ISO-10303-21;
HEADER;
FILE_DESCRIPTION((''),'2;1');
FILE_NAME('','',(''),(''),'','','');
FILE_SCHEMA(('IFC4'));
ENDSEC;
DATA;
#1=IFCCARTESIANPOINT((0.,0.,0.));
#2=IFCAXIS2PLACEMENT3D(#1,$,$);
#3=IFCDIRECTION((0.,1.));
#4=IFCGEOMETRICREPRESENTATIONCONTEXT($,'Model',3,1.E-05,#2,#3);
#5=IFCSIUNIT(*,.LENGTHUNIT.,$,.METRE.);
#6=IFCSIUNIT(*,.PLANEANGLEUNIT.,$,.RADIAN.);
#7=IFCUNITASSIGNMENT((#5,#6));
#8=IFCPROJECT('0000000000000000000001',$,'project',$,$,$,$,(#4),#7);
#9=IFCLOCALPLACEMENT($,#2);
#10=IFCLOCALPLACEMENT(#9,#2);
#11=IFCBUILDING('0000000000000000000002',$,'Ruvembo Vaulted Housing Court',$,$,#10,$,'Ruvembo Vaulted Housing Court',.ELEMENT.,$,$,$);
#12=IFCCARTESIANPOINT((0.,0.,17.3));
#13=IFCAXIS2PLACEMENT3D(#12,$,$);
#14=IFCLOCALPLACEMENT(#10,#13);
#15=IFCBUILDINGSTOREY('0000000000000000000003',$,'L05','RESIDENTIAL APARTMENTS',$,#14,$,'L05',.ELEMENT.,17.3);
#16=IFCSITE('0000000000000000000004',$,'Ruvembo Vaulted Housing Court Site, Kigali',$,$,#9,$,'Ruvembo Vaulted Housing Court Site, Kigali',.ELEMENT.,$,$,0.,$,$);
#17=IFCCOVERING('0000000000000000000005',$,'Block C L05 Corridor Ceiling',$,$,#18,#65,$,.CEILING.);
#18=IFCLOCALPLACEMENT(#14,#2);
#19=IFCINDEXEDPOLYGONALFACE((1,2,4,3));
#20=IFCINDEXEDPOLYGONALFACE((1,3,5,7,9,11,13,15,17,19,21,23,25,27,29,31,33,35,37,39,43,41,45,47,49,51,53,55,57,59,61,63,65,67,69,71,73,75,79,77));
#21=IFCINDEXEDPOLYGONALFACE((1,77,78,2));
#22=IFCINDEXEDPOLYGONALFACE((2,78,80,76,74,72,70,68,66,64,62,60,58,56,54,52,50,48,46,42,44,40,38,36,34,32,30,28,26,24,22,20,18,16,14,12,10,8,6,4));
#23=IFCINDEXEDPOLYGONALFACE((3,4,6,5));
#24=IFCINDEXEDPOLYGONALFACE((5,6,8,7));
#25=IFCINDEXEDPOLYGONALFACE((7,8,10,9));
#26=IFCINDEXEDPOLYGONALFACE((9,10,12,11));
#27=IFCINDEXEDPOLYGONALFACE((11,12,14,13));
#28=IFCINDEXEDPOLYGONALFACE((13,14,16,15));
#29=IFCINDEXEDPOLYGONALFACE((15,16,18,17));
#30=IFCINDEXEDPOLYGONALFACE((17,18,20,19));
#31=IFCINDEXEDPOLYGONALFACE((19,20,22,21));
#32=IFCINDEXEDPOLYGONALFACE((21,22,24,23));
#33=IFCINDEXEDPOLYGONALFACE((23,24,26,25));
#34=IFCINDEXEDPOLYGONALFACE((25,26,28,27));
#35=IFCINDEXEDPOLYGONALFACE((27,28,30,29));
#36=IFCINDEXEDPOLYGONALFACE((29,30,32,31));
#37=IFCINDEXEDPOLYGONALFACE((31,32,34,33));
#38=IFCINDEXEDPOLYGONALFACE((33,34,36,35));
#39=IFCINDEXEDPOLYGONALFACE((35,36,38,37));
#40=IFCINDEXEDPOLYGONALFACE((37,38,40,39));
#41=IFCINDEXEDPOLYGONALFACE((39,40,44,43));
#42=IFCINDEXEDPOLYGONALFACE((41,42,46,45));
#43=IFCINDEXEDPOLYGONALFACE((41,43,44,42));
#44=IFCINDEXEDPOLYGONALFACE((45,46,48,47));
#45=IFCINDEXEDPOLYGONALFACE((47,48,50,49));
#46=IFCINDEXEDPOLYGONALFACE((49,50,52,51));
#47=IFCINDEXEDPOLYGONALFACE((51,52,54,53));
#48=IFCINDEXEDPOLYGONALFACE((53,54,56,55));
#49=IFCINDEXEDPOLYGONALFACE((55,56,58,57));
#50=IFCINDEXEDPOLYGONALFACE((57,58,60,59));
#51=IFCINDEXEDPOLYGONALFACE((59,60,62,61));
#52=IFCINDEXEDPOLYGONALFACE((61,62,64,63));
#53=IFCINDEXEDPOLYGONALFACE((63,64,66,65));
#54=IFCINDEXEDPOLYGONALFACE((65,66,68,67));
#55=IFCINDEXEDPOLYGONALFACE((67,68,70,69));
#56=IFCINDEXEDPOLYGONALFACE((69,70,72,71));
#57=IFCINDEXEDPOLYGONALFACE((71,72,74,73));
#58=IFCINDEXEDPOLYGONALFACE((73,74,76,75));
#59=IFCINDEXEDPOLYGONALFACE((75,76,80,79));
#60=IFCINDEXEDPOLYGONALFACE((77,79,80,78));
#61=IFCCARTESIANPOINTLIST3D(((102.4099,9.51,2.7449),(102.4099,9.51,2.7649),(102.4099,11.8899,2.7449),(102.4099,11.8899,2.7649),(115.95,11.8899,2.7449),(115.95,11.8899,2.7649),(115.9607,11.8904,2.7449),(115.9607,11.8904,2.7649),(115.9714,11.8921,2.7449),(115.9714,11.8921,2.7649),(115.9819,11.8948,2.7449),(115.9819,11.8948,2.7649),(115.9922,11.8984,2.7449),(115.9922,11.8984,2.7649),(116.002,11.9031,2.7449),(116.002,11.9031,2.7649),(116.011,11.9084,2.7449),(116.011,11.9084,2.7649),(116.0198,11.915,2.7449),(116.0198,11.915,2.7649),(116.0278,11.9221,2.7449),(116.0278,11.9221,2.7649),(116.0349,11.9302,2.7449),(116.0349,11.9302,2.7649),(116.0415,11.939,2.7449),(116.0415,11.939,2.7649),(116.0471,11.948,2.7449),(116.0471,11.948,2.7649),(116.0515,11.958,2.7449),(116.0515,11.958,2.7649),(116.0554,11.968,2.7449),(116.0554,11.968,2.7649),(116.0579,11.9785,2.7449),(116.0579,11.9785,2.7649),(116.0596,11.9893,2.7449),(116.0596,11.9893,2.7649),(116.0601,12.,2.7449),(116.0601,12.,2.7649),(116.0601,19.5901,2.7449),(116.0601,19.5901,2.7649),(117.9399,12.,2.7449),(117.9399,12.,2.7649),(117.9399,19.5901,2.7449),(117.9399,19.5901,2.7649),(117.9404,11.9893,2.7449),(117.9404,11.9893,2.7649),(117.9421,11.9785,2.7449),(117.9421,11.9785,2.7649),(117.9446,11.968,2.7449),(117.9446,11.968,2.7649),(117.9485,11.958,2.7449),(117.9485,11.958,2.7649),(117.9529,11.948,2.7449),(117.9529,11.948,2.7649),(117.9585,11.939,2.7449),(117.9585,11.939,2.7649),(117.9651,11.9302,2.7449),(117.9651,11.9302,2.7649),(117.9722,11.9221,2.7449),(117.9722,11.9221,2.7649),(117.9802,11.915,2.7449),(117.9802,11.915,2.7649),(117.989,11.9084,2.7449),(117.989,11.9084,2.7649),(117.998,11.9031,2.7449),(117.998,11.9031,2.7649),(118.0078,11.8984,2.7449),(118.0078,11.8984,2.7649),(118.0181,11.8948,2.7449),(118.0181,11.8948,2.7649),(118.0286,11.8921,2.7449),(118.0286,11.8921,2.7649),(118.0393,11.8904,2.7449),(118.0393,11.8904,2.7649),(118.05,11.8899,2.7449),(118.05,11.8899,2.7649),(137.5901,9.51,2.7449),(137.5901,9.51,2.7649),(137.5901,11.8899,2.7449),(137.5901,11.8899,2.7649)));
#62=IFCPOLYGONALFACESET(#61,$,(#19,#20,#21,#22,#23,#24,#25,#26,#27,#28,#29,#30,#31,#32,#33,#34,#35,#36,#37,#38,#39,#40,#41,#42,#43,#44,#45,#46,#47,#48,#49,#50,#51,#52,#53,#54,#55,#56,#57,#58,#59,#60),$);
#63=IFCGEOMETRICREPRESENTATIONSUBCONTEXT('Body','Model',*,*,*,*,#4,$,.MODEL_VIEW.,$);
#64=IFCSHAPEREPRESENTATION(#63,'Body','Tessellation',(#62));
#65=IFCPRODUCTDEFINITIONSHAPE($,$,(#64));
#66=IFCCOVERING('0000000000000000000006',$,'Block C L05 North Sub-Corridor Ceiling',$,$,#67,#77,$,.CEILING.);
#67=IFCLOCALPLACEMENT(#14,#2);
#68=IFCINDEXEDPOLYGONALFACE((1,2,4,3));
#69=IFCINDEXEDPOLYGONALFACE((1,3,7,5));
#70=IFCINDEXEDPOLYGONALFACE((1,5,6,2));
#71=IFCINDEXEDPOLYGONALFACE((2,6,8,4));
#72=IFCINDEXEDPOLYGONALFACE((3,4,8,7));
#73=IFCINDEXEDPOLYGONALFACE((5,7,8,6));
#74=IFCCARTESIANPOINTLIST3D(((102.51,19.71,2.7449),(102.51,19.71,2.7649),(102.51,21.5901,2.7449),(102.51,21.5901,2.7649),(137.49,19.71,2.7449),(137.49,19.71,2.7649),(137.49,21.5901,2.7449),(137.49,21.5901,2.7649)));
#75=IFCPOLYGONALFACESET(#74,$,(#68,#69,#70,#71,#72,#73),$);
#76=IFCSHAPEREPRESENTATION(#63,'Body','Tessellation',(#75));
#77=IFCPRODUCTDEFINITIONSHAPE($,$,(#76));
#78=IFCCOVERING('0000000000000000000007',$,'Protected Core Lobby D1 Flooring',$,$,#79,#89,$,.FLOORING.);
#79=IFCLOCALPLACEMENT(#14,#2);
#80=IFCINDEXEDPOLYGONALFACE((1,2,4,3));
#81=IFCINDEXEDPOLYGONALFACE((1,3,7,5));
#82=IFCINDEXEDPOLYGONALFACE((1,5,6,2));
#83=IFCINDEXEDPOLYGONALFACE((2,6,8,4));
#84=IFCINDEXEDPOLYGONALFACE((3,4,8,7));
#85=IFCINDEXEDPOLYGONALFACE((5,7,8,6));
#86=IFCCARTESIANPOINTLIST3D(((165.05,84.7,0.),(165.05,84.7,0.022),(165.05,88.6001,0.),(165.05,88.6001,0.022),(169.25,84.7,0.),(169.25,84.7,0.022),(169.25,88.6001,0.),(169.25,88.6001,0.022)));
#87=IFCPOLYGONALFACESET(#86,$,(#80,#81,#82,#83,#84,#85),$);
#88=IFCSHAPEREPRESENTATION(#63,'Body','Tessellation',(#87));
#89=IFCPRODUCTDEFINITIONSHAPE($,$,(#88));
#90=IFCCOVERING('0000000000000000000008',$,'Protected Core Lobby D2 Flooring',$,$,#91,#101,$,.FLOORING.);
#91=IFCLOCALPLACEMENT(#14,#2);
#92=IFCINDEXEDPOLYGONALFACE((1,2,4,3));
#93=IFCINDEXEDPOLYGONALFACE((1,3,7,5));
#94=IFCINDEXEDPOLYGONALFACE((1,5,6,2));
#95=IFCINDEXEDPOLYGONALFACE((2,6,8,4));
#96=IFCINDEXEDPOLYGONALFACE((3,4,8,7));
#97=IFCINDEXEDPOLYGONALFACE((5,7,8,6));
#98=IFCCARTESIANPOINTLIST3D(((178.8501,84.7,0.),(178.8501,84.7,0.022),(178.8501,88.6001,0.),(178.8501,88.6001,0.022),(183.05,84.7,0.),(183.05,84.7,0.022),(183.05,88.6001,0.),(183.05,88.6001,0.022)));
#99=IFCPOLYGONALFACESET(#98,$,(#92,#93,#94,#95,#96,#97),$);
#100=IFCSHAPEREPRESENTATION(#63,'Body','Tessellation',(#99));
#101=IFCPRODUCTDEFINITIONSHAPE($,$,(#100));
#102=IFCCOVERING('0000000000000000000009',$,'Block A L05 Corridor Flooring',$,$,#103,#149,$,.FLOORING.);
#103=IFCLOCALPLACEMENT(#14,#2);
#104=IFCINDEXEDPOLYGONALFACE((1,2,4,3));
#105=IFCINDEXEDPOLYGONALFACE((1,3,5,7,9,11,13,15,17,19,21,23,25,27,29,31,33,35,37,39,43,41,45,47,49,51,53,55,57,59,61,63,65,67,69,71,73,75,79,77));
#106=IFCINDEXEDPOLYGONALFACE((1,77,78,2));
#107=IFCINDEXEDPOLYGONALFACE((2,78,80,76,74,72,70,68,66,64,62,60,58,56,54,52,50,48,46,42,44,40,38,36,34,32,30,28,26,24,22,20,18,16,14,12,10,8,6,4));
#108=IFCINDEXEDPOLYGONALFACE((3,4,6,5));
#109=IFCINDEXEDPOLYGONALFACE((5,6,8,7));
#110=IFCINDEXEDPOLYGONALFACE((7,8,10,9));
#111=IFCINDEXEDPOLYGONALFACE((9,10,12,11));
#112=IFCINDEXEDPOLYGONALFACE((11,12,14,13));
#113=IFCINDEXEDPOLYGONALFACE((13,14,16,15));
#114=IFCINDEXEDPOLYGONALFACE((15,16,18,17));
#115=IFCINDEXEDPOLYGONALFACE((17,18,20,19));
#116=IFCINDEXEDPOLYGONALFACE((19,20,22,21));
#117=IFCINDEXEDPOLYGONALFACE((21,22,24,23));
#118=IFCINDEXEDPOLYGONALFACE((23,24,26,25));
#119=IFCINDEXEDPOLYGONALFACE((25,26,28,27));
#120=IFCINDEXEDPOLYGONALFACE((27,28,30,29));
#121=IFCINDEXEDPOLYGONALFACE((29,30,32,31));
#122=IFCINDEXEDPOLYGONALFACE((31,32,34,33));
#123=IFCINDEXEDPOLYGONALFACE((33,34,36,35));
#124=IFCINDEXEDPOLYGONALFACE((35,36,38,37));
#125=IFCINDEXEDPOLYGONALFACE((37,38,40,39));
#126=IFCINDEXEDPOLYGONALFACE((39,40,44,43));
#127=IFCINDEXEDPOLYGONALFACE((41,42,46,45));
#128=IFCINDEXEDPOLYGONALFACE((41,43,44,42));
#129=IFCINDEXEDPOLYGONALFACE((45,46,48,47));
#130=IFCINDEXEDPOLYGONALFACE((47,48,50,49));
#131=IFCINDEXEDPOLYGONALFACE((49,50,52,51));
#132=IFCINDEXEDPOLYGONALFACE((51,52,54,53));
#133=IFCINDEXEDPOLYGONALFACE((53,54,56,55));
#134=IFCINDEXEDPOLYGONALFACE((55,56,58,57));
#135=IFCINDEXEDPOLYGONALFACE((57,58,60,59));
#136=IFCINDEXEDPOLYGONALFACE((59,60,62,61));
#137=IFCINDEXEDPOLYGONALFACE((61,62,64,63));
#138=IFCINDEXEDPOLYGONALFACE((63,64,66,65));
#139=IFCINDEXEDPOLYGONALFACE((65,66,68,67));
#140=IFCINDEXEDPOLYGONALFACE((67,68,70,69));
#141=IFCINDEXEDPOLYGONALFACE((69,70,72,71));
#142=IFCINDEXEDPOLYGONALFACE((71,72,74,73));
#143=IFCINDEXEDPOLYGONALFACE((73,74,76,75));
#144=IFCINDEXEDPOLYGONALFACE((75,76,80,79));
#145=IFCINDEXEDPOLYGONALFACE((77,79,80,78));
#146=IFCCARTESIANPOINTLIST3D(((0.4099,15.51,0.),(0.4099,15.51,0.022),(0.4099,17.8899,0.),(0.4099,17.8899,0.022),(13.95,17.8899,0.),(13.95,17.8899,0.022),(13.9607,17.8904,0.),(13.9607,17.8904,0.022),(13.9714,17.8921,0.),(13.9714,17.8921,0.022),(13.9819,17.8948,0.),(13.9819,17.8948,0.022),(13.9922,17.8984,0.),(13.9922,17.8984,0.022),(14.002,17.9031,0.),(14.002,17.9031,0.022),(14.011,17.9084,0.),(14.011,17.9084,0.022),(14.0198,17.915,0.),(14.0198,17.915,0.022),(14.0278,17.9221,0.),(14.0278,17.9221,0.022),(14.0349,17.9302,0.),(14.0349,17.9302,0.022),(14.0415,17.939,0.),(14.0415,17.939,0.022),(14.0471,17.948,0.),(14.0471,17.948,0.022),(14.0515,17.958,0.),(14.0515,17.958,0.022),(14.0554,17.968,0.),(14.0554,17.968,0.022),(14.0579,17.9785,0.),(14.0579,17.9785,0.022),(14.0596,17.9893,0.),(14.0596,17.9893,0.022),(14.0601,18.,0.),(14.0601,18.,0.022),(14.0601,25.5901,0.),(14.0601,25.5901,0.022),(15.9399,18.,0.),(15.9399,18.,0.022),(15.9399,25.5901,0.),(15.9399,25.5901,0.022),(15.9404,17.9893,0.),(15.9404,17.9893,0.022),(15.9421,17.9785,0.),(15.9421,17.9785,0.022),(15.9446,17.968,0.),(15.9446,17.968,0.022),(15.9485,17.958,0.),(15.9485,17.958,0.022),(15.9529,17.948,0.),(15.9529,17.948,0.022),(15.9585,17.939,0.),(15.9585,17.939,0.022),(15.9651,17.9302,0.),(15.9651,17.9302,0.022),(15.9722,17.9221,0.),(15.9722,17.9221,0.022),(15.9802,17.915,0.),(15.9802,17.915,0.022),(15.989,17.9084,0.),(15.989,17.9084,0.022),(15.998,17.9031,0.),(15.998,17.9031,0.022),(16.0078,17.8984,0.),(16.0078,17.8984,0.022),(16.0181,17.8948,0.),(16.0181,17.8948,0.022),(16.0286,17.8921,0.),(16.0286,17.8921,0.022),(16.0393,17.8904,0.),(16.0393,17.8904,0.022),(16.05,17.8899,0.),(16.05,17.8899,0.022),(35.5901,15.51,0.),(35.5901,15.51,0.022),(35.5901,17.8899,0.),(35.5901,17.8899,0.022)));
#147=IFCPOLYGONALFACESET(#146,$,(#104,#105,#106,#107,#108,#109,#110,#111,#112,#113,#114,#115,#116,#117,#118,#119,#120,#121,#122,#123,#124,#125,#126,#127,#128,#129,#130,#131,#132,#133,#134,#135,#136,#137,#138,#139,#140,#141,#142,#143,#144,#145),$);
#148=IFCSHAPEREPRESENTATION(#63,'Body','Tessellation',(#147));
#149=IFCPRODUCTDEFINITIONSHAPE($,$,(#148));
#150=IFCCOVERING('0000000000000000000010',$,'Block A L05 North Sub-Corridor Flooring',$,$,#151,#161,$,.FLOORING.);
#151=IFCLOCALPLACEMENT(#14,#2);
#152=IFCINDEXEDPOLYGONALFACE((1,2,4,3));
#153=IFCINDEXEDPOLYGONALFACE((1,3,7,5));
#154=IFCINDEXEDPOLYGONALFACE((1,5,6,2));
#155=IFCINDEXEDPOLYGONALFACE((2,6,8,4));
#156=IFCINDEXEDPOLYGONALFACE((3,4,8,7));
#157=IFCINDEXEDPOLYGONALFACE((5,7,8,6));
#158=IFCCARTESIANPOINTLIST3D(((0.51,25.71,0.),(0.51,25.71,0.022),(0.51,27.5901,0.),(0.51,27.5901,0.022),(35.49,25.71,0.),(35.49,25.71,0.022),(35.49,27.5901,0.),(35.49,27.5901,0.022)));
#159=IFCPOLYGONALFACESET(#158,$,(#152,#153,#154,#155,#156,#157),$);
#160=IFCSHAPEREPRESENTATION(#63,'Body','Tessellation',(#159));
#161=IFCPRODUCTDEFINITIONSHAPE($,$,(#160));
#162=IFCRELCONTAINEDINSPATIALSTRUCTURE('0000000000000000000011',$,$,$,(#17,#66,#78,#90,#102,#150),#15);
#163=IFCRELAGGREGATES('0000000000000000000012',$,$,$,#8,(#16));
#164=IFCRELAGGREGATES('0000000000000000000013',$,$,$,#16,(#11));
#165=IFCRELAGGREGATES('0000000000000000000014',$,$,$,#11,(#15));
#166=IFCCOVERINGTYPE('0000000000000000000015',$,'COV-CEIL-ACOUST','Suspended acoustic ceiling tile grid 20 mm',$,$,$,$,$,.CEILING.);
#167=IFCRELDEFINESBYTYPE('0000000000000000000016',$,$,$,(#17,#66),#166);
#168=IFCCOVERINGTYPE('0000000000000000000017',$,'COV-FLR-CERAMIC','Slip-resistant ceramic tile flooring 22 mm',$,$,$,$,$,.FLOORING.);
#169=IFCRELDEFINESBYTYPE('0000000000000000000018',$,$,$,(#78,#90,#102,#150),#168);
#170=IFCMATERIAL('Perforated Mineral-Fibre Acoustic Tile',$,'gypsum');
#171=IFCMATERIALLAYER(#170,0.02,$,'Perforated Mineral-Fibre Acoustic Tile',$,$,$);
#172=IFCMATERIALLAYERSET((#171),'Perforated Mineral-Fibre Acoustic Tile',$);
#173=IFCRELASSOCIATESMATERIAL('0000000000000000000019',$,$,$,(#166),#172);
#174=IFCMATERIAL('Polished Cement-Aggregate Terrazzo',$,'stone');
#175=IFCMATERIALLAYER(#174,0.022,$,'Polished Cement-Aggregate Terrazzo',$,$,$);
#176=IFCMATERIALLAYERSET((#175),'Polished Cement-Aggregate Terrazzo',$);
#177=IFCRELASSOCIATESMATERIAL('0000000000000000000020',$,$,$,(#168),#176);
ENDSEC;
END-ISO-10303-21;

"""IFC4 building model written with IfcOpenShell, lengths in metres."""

from ifc_helpers import new_model, si_unit, direction, frame, origin, place, context, subcontext, project, spatial, polyline, outline, extrude, material, layer, layer_set, type_object, element, save


model = new_model("IFC4")

# Units and contexts
model_context = context("Model", 3, precision=1e-05, world=origin(), true_north=direction((0.0, 1.0)))
body_context = subcontext(model_context, "Body", "Model", "MODEL_VIEW")
ifc_project = project(units=[si_unit("LENGTHUNIT", "METRE"), si_unit("PLANEANGLEUNIT", "RADIAN")], contexts=[model_context])

# Site, building, storey
site_placement = place(None, origin())
site = spatial("IfcSite", under=ifc_project, at=site_placement, Name="Ruvembo Vaulted Housing Court Site, Kigali", LongName="Ruvembo Vaulted Housing Court Site, Kigali", CompositionType="ELEMENT", RefElevation=0.0)
building_placement = place(site_placement, origin())
building = spatial("IfcBuilding", under=site, at=building_placement, Name="Ruvembo Vaulted Housing Court", LongName="Ruvembo Vaulted Housing Court", CompositionType="ELEMENT")
storey_placement = place(building_placement, frame((0.0, 0.0, 17.3)))
storey = spatial("IfcBuildingStorey", under=building, at=storey_placement, Name="L05", Description="RESIDENTIAL APARTMENTS", LongName="L05", CompositionType="ELEMENT", Elevation=17.3)

# Coverings
ifc_material_1 = material(Name="Perforated Mineral-Fibre Acoustic Tile", Category="gypsum")
ifc_layer_1 = layer(ifc_material_1, 0.02, Name="Perforated Mineral-Fibre Acoustic Tile")
ifc_layer_set_1 = layer_set([ifc_layer_1], Name="Perforated Mineral-Fibre Acoustic Tile")
covering_type_1 = type_object("IfcCoveringType", Name="COV-CEIL-ACOUST", Description="Suspended acoustic ceiling tile grid 20 mm", PredefinedType="CEILING", material=ifc_layer_set_1)
covering_1_placement = place(storey_placement, frame((0.0, 0.0, 2.7449)))
element("IfcCovering", 1, at=covering_1_placement, inside=storey, type_object=covering_type_1, Name="Block C L05 Corridor Ceiling", PredefinedType="CEILING", context=body_context, shape_type="SweptSolid", body=[
    extrude(outline(polyline([(137.5901, 9.51), (137.5901, 11.8899), (118.05, 11.8899), (118.0393, 11.8904), (118.0286, 11.8921), (118.0181, 11.8948), (118.0078, 11.8984), (117.998, 11.9031), (117.989, 11.9084), (117.9802, 11.915), (117.9722, 11.9221), (117.9651, 11.9302), (117.9585, 11.939), (117.9529, 11.948), (117.9485, 11.958), (117.9446, 11.968), (117.9421, 11.9785), (117.9404, 11.9893), (117.9399, 12.0), (117.9399, 19.5901), (116.0601, 19.5901), (116.0601, 12.0), (116.0596, 11.9893), (116.0579, 11.9785), (116.0554, 11.968), (116.0515, 11.958), (116.0471, 11.948), (116.0415, 11.939), (116.0349, 11.9302), (116.0278, 11.9221), (116.0198, 11.915), (116.011, 11.9084), (116.002, 11.9031), (115.9922, 11.8984), (115.9819, 11.8948), (115.9714, 11.8921), (115.9607, 11.8904), (115.95, 11.8899), (102.4099, 11.8899), (102.4099, 9.51), (137.5901, 9.51)])), origin(), (0.0, 0.0, 1.0), 0.02),
])
covering_2_placement = place(storey_placement, frame((0.0, 0.0, 2.7449)))
element("IfcCovering", 2, at=covering_2_placement, inside=storey, type_object=covering_type_1, Name="Block C L05 North Sub-Corridor Ceiling", PredefinedType="CEILING", context=body_context, shape_type="SweptSolid", body=[
    extrude(outline(polyline([(102.51, 19.71), (137.49, 19.71), (137.49, 21.5901), (102.51, 21.5901), (102.51, 19.71)])), origin(), (0.0, 0.0, 1.0), 0.02),
])
ifc_material_2 = material(Name="Polished Cement-Aggregate Terrazzo", Category="stone")
ifc_layer_2 = layer(ifc_material_2, 0.022, Name="Polished Cement-Aggregate Terrazzo")
ifc_layer_set_2 = layer_set([ifc_layer_2], Name="Polished Cement-Aggregate Terrazzo")
covering_type_2 = type_object("IfcCoveringType", Name="COV-FLR-CERAMIC", Description="Slip-resistant ceramic tile flooring 22 mm", PredefinedType="FLOORING", material=ifc_layer_set_2)
covering_3_placement = place(storey_placement, origin())
element("IfcCovering", 3, at=covering_3_placement, inside=storey, type_object=covering_type_2, Name="Protected Core Lobby D1 Flooring", PredefinedType="FLOORING", context=body_context, shape_type="SweptSolid", body=[
    extrude(outline(polyline([(169.25, 88.6001), (165.05, 88.6001), (165.05, 84.7), (169.25, 84.7), (169.25, 88.6001)])), origin(), (0.0, 0.0, 1.0), 0.022),
])
covering_4_placement = place(storey_placement, origin())
element("IfcCovering", 4, at=covering_4_placement, inside=storey, type_object=covering_type_2, Name="Protected Core Lobby D2 Flooring", PredefinedType="FLOORING", context=body_context, shape_type="SweptSolid", body=[
    extrude(outline(polyline([(183.05, 88.6001), (178.8501, 88.6001), (178.8501, 84.7), (183.05, 84.7), (183.05, 88.6001)])), origin(), (0.0, 0.0, 1.0), 0.022),
])
covering_5_placement = place(storey_placement, origin())
element("IfcCovering", 5, at=covering_5_placement, inside=storey, type_object=covering_type_2, Name="Block A L05 Corridor Flooring", PredefinedType="FLOORING", context=body_context, shape_type="SweptSolid", body=[
    extrude(outline(polyline([(35.5901, 15.51), (35.5901, 17.8899), (16.05, 17.8899), (16.0393, 17.8904), (16.0286, 17.8921), (16.0181, 17.8948), (16.0078, 17.8984), (15.998, 17.9031), (15.989, 17.9084), (15.9802, 17.915), (15.9722, 17.9221), (15.9651, 17.9302), (15.9585, 17.939), (15.9529, 17.948), (15.9485, 17.958), (15.9446, 17.968), (15.9421, 17.9785), (15.9404, 17.9893), (15.9399, 18.0), (15.9399, 25.5901), (14.0601, 25.5901), (14.0601, 18.0), (14.0596, 17.9893), (14.0579, 17.9785), (14.0554, 17.968), (14.0515, 17.958), (14.0471, 17.948), (14.0415, 17.939), (14.0349, 17.9302), (14.0278, 17.9221), (14.0198, 17.915), (14.011, 17.9084), (14.002, 17.9031), (13.9922, 17.8984), (13.9819, 17.8948), (13.9714, 17.8921), (13.9607, 17.8904), (13.95, 17.8899), (0.4099, 17.8899), (0.4099, 15.51), (35.5901, 15.51)])), origin(), (0.0, 0.0, 1.0), 0.022),
])
covering_6_placement = place(storey_placement, origin())
element("IfcCovering", 6, at=covering_6_placement, inside=storey, type_object=covering_type_2, Name="Block A L05 North Sub-Corridor Flooring", PredefinedType="FLOORING", context=body_context, shape_type="SweptSolid", body=[
    extrude(outline(polyline([(0.51, 25.71), (35.49, 25.71), (35.49, 27.5901), (0.51, 27.5901), (0.51, 25.71)])), origin(), (0.0, 0.0, 1.0), 0.022),
])

save(model, "model.ifc")
